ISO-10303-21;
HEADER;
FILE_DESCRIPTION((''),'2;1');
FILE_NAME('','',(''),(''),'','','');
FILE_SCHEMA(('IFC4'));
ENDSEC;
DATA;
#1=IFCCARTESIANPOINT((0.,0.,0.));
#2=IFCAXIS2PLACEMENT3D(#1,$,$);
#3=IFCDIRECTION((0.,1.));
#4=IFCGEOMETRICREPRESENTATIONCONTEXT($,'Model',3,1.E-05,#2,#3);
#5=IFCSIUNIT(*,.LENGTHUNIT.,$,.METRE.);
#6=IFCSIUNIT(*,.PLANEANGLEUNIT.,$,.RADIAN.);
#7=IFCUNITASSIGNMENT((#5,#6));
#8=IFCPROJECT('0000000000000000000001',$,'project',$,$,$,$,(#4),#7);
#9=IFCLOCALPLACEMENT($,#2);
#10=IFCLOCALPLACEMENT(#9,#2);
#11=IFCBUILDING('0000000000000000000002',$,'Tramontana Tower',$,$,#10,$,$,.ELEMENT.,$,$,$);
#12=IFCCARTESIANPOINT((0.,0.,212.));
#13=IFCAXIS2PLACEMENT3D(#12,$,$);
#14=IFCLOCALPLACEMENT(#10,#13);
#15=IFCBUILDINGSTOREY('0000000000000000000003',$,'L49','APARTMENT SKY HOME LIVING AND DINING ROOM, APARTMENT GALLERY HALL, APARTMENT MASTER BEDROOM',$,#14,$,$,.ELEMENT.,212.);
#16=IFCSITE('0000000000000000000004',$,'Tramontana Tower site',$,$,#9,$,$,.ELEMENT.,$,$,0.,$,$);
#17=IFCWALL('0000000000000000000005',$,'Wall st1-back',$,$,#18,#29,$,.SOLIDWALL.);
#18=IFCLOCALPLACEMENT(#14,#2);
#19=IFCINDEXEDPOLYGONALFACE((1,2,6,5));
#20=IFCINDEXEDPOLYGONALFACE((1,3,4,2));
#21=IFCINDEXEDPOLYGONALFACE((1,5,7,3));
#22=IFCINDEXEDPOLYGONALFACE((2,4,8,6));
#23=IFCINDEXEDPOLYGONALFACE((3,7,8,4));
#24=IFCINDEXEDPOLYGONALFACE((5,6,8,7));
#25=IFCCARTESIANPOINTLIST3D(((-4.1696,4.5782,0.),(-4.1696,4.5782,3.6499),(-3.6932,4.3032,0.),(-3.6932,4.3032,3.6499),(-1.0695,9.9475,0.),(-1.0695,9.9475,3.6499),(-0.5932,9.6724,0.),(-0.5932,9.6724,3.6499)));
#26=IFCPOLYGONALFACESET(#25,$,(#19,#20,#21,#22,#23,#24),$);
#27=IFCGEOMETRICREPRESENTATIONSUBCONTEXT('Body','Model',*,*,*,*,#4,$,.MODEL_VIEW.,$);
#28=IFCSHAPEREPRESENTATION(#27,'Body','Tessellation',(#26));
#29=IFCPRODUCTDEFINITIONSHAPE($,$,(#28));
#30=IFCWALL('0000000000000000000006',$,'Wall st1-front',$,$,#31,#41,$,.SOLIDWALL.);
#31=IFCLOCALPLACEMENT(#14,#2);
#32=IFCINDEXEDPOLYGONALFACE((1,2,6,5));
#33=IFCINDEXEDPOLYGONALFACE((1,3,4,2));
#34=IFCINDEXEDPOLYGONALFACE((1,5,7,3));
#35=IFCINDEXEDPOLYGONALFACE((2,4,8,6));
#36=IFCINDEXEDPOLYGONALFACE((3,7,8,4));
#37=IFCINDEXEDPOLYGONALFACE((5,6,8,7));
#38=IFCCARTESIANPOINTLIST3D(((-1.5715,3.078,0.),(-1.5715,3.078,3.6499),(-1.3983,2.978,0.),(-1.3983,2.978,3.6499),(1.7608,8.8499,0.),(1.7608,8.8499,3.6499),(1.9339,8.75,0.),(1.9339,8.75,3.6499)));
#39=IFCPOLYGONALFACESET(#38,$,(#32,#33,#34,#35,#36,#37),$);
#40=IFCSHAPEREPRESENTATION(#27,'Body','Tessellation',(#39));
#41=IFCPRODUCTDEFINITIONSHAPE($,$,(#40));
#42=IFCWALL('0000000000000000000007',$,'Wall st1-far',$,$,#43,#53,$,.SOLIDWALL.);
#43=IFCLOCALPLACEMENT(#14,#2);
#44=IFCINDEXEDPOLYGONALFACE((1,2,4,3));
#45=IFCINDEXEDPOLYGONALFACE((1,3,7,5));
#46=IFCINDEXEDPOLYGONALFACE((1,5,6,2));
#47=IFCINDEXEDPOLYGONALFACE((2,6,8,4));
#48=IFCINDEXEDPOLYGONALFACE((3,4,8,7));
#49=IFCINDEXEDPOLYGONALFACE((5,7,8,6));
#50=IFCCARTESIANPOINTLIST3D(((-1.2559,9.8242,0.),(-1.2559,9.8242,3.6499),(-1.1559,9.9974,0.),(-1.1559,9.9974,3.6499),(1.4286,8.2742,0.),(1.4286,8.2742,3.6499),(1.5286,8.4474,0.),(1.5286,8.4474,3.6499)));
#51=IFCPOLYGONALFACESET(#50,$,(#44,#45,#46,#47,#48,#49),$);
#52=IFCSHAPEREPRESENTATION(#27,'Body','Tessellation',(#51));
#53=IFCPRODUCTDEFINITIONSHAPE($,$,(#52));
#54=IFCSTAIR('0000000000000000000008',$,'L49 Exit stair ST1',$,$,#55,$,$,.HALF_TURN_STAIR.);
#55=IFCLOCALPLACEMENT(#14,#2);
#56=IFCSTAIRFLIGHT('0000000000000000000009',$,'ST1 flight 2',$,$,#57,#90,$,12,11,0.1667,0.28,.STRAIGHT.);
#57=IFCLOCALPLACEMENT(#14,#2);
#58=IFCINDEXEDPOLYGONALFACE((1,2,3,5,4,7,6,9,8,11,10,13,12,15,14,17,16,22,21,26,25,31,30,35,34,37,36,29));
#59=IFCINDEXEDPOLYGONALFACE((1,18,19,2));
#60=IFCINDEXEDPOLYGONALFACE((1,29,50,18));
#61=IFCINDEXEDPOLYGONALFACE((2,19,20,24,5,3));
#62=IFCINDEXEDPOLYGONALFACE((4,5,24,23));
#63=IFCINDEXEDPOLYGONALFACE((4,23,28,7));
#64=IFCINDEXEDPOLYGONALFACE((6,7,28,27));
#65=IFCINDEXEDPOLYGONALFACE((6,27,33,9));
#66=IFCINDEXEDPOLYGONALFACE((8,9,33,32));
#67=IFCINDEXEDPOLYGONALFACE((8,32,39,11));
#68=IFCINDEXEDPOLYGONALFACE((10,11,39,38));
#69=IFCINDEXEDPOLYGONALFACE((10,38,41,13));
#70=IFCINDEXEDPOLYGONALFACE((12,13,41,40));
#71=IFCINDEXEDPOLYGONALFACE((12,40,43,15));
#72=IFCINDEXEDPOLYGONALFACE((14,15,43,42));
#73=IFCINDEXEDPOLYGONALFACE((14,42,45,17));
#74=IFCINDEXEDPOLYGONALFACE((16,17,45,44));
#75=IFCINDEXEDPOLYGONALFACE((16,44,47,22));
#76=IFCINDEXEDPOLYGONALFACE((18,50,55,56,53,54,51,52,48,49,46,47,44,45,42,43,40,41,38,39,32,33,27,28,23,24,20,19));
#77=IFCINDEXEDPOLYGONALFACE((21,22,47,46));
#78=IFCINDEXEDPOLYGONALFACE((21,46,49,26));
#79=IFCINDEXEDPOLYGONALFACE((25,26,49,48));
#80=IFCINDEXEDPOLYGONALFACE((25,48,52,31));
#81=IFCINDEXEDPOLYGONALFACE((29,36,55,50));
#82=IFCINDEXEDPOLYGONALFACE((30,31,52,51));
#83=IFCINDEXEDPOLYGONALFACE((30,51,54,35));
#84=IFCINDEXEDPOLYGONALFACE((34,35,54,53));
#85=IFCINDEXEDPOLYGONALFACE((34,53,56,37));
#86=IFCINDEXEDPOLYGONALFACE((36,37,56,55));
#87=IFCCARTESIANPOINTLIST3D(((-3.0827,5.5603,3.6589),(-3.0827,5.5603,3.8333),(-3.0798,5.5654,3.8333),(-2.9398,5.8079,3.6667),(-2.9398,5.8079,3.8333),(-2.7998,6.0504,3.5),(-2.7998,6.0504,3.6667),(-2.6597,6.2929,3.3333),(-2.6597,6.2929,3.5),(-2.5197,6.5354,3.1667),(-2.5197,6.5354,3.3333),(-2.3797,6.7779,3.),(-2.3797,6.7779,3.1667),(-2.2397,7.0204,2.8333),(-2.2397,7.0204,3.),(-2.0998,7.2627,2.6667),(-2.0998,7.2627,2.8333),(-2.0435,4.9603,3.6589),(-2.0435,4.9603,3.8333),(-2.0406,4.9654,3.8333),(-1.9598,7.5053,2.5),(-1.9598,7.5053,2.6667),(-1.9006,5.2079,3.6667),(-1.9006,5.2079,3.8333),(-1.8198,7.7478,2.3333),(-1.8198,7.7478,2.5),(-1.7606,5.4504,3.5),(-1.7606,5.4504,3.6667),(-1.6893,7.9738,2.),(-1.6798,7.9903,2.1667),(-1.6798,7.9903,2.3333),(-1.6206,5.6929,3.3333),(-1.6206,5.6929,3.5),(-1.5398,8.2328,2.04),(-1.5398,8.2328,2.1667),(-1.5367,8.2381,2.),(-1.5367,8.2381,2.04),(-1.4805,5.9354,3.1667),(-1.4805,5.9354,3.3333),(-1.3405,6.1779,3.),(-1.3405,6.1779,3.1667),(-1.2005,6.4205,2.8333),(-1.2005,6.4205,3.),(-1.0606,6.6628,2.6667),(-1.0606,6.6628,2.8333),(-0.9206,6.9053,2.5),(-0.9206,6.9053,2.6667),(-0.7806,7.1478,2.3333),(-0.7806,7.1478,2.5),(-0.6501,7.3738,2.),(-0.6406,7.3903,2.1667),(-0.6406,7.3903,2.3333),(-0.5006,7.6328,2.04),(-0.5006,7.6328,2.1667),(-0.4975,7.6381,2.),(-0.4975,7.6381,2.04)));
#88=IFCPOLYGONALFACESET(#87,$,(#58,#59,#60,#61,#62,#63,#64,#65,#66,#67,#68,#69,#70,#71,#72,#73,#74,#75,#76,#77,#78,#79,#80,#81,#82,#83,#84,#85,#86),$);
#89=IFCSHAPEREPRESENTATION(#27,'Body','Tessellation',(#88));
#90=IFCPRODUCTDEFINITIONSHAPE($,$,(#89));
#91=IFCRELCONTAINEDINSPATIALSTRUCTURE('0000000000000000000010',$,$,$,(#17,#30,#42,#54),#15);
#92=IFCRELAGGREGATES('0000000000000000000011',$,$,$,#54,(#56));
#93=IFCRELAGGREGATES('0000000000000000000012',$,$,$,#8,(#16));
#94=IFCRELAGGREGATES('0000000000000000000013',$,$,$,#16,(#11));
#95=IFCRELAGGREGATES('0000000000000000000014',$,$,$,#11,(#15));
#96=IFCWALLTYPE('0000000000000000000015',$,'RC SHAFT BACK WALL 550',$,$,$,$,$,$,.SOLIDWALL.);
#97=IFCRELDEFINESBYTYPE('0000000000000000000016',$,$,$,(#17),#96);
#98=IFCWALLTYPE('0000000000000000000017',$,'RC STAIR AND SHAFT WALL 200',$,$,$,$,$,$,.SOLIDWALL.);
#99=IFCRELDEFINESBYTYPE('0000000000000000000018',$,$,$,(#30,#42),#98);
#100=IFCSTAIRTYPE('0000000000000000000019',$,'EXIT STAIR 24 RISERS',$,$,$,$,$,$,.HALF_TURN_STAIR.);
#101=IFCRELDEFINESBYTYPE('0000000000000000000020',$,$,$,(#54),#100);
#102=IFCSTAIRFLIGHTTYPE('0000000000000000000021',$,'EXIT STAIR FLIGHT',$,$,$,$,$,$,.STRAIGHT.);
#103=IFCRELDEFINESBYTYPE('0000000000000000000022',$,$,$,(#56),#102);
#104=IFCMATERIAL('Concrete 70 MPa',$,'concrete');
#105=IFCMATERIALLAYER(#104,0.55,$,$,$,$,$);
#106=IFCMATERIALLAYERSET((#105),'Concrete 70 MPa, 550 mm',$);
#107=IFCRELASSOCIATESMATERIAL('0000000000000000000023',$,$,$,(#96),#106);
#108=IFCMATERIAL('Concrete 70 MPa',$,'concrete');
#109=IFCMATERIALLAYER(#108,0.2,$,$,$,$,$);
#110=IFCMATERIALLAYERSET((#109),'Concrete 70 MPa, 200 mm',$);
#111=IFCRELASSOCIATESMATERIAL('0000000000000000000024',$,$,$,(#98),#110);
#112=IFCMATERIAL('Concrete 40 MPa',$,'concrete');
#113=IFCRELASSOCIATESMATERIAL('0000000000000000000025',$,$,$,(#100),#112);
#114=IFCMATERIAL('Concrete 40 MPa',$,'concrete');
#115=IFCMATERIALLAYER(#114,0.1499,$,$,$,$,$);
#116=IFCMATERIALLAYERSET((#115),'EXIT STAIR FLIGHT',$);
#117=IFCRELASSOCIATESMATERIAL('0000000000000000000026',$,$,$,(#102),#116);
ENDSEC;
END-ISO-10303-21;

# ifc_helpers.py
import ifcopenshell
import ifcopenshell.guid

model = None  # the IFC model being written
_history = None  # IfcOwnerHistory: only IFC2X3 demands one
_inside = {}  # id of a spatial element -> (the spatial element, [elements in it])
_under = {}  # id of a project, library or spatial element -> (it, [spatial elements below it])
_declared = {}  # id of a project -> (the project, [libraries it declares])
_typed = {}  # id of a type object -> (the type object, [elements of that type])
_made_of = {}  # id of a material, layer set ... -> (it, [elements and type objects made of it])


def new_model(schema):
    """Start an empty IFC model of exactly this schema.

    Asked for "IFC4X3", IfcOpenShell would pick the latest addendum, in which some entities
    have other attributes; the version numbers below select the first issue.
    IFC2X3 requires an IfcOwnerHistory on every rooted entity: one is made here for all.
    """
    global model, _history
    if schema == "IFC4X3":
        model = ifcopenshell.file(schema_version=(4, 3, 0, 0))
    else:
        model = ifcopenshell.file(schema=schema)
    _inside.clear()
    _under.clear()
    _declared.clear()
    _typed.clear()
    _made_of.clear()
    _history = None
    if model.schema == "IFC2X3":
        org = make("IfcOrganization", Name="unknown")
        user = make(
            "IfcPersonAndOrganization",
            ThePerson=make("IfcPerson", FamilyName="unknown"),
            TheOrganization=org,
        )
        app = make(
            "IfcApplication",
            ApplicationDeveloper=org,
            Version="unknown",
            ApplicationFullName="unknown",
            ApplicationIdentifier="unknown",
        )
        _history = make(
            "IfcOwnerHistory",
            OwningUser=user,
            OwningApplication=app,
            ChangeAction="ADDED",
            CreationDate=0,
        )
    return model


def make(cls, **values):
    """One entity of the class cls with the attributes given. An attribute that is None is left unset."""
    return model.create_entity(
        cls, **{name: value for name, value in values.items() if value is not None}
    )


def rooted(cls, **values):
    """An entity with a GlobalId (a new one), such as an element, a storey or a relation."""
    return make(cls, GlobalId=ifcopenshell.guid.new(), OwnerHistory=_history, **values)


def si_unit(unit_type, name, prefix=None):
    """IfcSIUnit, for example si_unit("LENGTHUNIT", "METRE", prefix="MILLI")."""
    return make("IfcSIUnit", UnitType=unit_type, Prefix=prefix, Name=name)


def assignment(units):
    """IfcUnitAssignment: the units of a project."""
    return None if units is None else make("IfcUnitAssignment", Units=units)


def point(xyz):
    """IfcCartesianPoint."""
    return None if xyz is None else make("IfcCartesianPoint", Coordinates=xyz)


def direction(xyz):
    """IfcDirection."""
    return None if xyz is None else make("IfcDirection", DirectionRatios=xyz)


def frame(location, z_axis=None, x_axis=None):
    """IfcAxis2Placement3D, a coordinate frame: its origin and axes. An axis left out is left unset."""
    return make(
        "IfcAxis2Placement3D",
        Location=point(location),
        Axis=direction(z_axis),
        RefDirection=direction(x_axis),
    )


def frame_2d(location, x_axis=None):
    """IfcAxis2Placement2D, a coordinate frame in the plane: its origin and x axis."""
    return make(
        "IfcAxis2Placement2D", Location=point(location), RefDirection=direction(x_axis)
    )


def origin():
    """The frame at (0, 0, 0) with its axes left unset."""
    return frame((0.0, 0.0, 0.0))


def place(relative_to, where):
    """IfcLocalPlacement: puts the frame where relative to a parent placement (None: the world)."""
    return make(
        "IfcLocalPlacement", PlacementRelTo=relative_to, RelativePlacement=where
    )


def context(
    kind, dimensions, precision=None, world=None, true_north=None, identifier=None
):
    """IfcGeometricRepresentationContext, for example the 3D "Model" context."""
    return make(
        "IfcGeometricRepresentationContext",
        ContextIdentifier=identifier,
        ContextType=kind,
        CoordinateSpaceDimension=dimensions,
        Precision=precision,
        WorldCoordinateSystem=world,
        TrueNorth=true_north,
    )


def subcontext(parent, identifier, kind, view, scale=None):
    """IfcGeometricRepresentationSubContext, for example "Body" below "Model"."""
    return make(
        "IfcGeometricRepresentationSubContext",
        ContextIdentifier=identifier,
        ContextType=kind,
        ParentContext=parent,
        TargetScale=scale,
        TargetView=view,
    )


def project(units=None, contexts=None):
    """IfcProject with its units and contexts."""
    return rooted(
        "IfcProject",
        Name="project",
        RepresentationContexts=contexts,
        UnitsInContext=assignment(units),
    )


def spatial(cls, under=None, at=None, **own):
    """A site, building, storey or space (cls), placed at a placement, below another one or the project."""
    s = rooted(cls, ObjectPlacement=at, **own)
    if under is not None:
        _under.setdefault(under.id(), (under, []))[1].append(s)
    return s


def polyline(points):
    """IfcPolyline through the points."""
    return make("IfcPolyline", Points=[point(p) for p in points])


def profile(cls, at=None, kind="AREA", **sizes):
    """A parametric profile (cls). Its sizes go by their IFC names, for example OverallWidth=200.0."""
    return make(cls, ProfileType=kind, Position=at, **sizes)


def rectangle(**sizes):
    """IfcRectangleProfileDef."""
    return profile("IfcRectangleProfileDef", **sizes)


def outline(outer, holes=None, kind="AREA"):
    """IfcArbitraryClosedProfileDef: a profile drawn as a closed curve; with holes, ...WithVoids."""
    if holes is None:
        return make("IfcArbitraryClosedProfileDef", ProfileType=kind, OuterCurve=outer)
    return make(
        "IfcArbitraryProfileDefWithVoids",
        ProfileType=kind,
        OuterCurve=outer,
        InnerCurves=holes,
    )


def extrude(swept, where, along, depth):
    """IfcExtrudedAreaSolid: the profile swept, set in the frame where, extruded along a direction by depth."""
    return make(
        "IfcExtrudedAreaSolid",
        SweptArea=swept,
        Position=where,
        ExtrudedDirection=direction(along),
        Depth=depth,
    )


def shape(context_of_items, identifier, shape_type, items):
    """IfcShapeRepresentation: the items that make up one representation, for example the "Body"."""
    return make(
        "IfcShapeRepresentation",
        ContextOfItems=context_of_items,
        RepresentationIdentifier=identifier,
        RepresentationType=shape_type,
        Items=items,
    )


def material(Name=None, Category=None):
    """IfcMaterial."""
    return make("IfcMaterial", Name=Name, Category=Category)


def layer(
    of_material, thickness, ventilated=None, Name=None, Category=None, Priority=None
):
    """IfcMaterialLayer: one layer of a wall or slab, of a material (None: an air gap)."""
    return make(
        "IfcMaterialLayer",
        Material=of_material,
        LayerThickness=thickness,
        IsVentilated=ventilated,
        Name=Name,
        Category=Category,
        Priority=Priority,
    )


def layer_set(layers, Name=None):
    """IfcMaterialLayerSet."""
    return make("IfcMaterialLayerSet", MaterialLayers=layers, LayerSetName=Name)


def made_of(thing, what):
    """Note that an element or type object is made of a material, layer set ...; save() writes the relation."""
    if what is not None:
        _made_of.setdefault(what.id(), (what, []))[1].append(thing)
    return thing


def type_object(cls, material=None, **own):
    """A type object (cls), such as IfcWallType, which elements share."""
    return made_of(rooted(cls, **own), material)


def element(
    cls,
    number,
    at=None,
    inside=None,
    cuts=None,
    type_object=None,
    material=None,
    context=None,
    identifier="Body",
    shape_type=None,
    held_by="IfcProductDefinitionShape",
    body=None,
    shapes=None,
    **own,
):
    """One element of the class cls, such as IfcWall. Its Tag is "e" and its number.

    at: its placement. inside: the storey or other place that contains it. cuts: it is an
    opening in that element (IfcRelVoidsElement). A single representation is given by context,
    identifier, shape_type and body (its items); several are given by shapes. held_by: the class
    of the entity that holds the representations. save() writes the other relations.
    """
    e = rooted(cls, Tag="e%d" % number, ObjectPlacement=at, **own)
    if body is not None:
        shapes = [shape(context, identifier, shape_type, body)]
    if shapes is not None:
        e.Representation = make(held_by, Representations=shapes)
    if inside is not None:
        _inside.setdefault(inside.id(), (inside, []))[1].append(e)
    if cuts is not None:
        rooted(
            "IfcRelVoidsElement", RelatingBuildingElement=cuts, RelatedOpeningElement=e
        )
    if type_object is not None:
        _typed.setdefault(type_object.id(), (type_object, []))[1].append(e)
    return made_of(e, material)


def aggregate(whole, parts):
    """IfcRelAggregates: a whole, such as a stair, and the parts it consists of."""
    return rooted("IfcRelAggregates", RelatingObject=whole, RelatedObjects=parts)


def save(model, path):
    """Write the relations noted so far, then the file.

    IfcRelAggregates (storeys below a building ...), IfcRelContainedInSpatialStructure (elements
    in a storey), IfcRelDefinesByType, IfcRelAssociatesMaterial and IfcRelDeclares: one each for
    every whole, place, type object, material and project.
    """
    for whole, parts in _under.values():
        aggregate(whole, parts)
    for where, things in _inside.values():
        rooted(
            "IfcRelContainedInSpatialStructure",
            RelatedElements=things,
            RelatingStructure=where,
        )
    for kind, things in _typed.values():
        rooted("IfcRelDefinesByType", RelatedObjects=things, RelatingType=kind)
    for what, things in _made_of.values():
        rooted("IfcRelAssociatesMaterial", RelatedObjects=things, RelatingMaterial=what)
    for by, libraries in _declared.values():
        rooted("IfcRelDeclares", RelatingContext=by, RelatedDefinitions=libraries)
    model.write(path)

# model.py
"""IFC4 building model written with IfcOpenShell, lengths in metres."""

from ifc_helpers import new_model, si_unit, direction, frame, frame_2d, origin, place, context, subcontext, project, spatial, polyline, rectangle, outline, extrude, material, layer, layer_set, type_object, element, aggregate, save


model = new_model("IFC4")

# Units and contexts
model_context = context("Model", 3, precision=1e-05, world=origin(), true_north=direction((0.0, 1.0)))
body_context = subcontext(model_context, "Body", "Model", "MODEL_VIEW")
ifc_project = project(units=[si_unit("LENGTHUNIT", "METRE"), si_unit("PLANEANGLEUNIT", "RADIAN")], contexts=[model_context])

# Site, building, storey
site_placement = place(None, origin())
site = spatial("IfcSite", under=ifc_project, at=site_placement, Name="Tramontana Tower site", CompositionType="ELEMENT", RefElevation=0.0)
building_placement = place(site_placement, origin())
building = spatial("IfcBuilding", under=site, at=building_placement, Name="Tramontana Tower", CompositionType="ELEMENT")
storey_placement = place(building_placement, frame((0.0, 0.0, 212.0)))
storey = spatial("IfcBuildingStorey", under=building, at=storey_placement, Name="L49", Description="APARTMENT SKY HOME LIVING AND DINING ROOM, APARTMENT GALLERY HALL, APARTMENT MASTER BEDROOM", CompositionType="ELEMENT", Elevation=212.0)

# Walls
ifc_material_1 = material(Name="Concrete 70 MPa", Category="concrete")
ifc_layer_1 = layer(ifc_material_1, 0.55)
ifc_layer_set_1 = layer_set([ifc_layer_1], Name="Concrete 70 MPa, 550 mm")
wall_type_1 = type_object("IfcWallType", Name="RC SHAFT BACK WALL 550", PredefinedType="SOLIDWALL", material=ifc_layer_set_1)
wall_1_placement = place(storey_placement, frame((-0.8313, 9.8101, 0.0), z_axis=(0.0, 0.0, 1.0), x_axis=(-0.50001, -0.86602, 0.0)))
element("IfcWall", 1, at=wall_1_placement, inside=storey, type_object=wall_type_1, Name="Wall st1-back", PredefinedType="SOLIDWALL", context=body_context, shape_type="SweptSolid", body=[
    extrude(rectangle(XDim=6.2, YDim=0.55, at=frame_2d((3.1001, 0.0))), origin(), (0.0, 0.0, 1.0), 3.6499),
])
ifc_material_2 = material(Name="Concrete 70 MPa", Category="concrete")
ifc_layer_2 = layer(ifc_material_2, 0.2)
ifc_layer_set_2 = layer_set([ifc_layer_2], Name="Concrete 70 MPa, 200 mm")
wall_type_2 = type_object("IfcWallType", Name="RC STAIR AND SHAFT WALL 200", PredefinedType="SOLIDWALL", material=ifc_layer_set_2)
wall_2_placement = place(storey_placement, frame((1.8474, 8.8, 0.0), z_axis=(0.0, 0.0, 1.0), x_axis=(-0.49998, -0.866037, 0.0)))
element("IfcWall", 2, at=wall_2_placement, inside=storey, type_object=wall_type_2, Name="Wall st1-front", PredefinedType="SOLIDWALL", context=body_context, shape_type="SweptSolid", body=[
    extrude(rectangle(XDim=6.6648, YDim=0.2, at=frame_2d((3.3325, 0.0))), origin(), (0.0, 0.0, 1.0), 3.6499),
])
wall_3_placement = place(storey_placement, frame((1.4785, 8.3608, 0.0), z_axis=(0.0, 0.0, 1.0), x_axis=(-0.86601, 0.500027, 0.0)))
element("IfcWall", 3, at=wall_3_placement, inside=storey, type_object=wall_type_2, Name="Wall st1-far", PredefinedType="SOLIDWALL", context=body_context, shape_type="SweptSolid", body=[
    extrude(rectangle(XDim=3.0999, YDim=0.2, at=frame_2d((1.5498, 0.0))), origin(), (0.0, 0.0, 1.0), 3.6499),
])

# Stair, stair flight
ifc_material_3 = material(Name="Concrete 40 MPa", Category="concrete")
stair_type = type_object("IfcStairType", Name="EXIT STAIR 24 RISERS", PredefinedType="HALF_TURN_STAIR", material=ifc_material_3)
stair_placement = place(storey_placement, origin())
stair = element("IfcStair", 4, at=stair_placement, inside=storey, type_object=stair_type, Name="L49 Exit stair ST1", PredefinedType="HALF_TURN_STAIR")
ifc_material_4 = material(Name="Concrete 40 MPa", Category="concrete")
ifc_layer_3 = layer(ifc_material_4, 0.1499)
ifc_layer_set_3 = layer_set([ifc_layer_3], Name="EXIT STAIR FLIGHT")
stair_flight_type = type_object("IfcStairFlightType", Name="EXIT STAIR FLIGHT", PredefinedType="STRAIGHT", material=ifc_layer_set_3)
stair_flight_placement = place(storey_placement, frame((-1.0203, 7.9329, 2.0), z_axis=(0.0, 0.0, 1.0), x_axis=(-0.5, -0.866025, 0.0)))
stair_flight = element("IfcStairFlight", 5, at=stair_flight_placement, type_object=stair_flight_type, Name="ST1 flight 2", NumberOfRisers=12, NumberOfTreads=11, PredefinedType="STRAIGHT", RiserHeight=0.1667, TreadLength=0.28, context=body_context, shape_type="SweptSolid", body=[
    extrude(outline(polyline([(-0.0061, 0.0), (-0.0061, 0.04), (0.0, 0.04), (0.0, 0.1667), (0.28, 0.1667), (0.28, 0.3333), (0.5601, 0.3333), (0.5601, 0.5), (0.8401, 0.5), (0.8401, 0.6667), (1.1201, 0.6667), (1.1201, 0.8333), (1.3999, 0.8333), (1.3999, 1.0), (1.6799, 1.0), (1.6799, 1.1667), (1.96, 1.1667), (1.96, 1.3333), (2.24, 1.3333), (2.24, 1.5), (2.52, 1.5), (2.52, 1.6667), (2.8, 1.6667), (2.8, 1.8333), (3.0801, 1.8333), (3.0859, 1.8333), (3.0859, 1.6589), (0.2991, 0.0), (-0.0061, 0.0)])), frame((0.0, 0.6001, 0.0), z_axis=(0.0, -1.0, 0.0), x_axis=(1.0, 0.0, 0.0)), (0.0, 0.0, 1.0), 1.2),
])
aggregate(stair, [stair_flight])

save(model, "model.ifc")
